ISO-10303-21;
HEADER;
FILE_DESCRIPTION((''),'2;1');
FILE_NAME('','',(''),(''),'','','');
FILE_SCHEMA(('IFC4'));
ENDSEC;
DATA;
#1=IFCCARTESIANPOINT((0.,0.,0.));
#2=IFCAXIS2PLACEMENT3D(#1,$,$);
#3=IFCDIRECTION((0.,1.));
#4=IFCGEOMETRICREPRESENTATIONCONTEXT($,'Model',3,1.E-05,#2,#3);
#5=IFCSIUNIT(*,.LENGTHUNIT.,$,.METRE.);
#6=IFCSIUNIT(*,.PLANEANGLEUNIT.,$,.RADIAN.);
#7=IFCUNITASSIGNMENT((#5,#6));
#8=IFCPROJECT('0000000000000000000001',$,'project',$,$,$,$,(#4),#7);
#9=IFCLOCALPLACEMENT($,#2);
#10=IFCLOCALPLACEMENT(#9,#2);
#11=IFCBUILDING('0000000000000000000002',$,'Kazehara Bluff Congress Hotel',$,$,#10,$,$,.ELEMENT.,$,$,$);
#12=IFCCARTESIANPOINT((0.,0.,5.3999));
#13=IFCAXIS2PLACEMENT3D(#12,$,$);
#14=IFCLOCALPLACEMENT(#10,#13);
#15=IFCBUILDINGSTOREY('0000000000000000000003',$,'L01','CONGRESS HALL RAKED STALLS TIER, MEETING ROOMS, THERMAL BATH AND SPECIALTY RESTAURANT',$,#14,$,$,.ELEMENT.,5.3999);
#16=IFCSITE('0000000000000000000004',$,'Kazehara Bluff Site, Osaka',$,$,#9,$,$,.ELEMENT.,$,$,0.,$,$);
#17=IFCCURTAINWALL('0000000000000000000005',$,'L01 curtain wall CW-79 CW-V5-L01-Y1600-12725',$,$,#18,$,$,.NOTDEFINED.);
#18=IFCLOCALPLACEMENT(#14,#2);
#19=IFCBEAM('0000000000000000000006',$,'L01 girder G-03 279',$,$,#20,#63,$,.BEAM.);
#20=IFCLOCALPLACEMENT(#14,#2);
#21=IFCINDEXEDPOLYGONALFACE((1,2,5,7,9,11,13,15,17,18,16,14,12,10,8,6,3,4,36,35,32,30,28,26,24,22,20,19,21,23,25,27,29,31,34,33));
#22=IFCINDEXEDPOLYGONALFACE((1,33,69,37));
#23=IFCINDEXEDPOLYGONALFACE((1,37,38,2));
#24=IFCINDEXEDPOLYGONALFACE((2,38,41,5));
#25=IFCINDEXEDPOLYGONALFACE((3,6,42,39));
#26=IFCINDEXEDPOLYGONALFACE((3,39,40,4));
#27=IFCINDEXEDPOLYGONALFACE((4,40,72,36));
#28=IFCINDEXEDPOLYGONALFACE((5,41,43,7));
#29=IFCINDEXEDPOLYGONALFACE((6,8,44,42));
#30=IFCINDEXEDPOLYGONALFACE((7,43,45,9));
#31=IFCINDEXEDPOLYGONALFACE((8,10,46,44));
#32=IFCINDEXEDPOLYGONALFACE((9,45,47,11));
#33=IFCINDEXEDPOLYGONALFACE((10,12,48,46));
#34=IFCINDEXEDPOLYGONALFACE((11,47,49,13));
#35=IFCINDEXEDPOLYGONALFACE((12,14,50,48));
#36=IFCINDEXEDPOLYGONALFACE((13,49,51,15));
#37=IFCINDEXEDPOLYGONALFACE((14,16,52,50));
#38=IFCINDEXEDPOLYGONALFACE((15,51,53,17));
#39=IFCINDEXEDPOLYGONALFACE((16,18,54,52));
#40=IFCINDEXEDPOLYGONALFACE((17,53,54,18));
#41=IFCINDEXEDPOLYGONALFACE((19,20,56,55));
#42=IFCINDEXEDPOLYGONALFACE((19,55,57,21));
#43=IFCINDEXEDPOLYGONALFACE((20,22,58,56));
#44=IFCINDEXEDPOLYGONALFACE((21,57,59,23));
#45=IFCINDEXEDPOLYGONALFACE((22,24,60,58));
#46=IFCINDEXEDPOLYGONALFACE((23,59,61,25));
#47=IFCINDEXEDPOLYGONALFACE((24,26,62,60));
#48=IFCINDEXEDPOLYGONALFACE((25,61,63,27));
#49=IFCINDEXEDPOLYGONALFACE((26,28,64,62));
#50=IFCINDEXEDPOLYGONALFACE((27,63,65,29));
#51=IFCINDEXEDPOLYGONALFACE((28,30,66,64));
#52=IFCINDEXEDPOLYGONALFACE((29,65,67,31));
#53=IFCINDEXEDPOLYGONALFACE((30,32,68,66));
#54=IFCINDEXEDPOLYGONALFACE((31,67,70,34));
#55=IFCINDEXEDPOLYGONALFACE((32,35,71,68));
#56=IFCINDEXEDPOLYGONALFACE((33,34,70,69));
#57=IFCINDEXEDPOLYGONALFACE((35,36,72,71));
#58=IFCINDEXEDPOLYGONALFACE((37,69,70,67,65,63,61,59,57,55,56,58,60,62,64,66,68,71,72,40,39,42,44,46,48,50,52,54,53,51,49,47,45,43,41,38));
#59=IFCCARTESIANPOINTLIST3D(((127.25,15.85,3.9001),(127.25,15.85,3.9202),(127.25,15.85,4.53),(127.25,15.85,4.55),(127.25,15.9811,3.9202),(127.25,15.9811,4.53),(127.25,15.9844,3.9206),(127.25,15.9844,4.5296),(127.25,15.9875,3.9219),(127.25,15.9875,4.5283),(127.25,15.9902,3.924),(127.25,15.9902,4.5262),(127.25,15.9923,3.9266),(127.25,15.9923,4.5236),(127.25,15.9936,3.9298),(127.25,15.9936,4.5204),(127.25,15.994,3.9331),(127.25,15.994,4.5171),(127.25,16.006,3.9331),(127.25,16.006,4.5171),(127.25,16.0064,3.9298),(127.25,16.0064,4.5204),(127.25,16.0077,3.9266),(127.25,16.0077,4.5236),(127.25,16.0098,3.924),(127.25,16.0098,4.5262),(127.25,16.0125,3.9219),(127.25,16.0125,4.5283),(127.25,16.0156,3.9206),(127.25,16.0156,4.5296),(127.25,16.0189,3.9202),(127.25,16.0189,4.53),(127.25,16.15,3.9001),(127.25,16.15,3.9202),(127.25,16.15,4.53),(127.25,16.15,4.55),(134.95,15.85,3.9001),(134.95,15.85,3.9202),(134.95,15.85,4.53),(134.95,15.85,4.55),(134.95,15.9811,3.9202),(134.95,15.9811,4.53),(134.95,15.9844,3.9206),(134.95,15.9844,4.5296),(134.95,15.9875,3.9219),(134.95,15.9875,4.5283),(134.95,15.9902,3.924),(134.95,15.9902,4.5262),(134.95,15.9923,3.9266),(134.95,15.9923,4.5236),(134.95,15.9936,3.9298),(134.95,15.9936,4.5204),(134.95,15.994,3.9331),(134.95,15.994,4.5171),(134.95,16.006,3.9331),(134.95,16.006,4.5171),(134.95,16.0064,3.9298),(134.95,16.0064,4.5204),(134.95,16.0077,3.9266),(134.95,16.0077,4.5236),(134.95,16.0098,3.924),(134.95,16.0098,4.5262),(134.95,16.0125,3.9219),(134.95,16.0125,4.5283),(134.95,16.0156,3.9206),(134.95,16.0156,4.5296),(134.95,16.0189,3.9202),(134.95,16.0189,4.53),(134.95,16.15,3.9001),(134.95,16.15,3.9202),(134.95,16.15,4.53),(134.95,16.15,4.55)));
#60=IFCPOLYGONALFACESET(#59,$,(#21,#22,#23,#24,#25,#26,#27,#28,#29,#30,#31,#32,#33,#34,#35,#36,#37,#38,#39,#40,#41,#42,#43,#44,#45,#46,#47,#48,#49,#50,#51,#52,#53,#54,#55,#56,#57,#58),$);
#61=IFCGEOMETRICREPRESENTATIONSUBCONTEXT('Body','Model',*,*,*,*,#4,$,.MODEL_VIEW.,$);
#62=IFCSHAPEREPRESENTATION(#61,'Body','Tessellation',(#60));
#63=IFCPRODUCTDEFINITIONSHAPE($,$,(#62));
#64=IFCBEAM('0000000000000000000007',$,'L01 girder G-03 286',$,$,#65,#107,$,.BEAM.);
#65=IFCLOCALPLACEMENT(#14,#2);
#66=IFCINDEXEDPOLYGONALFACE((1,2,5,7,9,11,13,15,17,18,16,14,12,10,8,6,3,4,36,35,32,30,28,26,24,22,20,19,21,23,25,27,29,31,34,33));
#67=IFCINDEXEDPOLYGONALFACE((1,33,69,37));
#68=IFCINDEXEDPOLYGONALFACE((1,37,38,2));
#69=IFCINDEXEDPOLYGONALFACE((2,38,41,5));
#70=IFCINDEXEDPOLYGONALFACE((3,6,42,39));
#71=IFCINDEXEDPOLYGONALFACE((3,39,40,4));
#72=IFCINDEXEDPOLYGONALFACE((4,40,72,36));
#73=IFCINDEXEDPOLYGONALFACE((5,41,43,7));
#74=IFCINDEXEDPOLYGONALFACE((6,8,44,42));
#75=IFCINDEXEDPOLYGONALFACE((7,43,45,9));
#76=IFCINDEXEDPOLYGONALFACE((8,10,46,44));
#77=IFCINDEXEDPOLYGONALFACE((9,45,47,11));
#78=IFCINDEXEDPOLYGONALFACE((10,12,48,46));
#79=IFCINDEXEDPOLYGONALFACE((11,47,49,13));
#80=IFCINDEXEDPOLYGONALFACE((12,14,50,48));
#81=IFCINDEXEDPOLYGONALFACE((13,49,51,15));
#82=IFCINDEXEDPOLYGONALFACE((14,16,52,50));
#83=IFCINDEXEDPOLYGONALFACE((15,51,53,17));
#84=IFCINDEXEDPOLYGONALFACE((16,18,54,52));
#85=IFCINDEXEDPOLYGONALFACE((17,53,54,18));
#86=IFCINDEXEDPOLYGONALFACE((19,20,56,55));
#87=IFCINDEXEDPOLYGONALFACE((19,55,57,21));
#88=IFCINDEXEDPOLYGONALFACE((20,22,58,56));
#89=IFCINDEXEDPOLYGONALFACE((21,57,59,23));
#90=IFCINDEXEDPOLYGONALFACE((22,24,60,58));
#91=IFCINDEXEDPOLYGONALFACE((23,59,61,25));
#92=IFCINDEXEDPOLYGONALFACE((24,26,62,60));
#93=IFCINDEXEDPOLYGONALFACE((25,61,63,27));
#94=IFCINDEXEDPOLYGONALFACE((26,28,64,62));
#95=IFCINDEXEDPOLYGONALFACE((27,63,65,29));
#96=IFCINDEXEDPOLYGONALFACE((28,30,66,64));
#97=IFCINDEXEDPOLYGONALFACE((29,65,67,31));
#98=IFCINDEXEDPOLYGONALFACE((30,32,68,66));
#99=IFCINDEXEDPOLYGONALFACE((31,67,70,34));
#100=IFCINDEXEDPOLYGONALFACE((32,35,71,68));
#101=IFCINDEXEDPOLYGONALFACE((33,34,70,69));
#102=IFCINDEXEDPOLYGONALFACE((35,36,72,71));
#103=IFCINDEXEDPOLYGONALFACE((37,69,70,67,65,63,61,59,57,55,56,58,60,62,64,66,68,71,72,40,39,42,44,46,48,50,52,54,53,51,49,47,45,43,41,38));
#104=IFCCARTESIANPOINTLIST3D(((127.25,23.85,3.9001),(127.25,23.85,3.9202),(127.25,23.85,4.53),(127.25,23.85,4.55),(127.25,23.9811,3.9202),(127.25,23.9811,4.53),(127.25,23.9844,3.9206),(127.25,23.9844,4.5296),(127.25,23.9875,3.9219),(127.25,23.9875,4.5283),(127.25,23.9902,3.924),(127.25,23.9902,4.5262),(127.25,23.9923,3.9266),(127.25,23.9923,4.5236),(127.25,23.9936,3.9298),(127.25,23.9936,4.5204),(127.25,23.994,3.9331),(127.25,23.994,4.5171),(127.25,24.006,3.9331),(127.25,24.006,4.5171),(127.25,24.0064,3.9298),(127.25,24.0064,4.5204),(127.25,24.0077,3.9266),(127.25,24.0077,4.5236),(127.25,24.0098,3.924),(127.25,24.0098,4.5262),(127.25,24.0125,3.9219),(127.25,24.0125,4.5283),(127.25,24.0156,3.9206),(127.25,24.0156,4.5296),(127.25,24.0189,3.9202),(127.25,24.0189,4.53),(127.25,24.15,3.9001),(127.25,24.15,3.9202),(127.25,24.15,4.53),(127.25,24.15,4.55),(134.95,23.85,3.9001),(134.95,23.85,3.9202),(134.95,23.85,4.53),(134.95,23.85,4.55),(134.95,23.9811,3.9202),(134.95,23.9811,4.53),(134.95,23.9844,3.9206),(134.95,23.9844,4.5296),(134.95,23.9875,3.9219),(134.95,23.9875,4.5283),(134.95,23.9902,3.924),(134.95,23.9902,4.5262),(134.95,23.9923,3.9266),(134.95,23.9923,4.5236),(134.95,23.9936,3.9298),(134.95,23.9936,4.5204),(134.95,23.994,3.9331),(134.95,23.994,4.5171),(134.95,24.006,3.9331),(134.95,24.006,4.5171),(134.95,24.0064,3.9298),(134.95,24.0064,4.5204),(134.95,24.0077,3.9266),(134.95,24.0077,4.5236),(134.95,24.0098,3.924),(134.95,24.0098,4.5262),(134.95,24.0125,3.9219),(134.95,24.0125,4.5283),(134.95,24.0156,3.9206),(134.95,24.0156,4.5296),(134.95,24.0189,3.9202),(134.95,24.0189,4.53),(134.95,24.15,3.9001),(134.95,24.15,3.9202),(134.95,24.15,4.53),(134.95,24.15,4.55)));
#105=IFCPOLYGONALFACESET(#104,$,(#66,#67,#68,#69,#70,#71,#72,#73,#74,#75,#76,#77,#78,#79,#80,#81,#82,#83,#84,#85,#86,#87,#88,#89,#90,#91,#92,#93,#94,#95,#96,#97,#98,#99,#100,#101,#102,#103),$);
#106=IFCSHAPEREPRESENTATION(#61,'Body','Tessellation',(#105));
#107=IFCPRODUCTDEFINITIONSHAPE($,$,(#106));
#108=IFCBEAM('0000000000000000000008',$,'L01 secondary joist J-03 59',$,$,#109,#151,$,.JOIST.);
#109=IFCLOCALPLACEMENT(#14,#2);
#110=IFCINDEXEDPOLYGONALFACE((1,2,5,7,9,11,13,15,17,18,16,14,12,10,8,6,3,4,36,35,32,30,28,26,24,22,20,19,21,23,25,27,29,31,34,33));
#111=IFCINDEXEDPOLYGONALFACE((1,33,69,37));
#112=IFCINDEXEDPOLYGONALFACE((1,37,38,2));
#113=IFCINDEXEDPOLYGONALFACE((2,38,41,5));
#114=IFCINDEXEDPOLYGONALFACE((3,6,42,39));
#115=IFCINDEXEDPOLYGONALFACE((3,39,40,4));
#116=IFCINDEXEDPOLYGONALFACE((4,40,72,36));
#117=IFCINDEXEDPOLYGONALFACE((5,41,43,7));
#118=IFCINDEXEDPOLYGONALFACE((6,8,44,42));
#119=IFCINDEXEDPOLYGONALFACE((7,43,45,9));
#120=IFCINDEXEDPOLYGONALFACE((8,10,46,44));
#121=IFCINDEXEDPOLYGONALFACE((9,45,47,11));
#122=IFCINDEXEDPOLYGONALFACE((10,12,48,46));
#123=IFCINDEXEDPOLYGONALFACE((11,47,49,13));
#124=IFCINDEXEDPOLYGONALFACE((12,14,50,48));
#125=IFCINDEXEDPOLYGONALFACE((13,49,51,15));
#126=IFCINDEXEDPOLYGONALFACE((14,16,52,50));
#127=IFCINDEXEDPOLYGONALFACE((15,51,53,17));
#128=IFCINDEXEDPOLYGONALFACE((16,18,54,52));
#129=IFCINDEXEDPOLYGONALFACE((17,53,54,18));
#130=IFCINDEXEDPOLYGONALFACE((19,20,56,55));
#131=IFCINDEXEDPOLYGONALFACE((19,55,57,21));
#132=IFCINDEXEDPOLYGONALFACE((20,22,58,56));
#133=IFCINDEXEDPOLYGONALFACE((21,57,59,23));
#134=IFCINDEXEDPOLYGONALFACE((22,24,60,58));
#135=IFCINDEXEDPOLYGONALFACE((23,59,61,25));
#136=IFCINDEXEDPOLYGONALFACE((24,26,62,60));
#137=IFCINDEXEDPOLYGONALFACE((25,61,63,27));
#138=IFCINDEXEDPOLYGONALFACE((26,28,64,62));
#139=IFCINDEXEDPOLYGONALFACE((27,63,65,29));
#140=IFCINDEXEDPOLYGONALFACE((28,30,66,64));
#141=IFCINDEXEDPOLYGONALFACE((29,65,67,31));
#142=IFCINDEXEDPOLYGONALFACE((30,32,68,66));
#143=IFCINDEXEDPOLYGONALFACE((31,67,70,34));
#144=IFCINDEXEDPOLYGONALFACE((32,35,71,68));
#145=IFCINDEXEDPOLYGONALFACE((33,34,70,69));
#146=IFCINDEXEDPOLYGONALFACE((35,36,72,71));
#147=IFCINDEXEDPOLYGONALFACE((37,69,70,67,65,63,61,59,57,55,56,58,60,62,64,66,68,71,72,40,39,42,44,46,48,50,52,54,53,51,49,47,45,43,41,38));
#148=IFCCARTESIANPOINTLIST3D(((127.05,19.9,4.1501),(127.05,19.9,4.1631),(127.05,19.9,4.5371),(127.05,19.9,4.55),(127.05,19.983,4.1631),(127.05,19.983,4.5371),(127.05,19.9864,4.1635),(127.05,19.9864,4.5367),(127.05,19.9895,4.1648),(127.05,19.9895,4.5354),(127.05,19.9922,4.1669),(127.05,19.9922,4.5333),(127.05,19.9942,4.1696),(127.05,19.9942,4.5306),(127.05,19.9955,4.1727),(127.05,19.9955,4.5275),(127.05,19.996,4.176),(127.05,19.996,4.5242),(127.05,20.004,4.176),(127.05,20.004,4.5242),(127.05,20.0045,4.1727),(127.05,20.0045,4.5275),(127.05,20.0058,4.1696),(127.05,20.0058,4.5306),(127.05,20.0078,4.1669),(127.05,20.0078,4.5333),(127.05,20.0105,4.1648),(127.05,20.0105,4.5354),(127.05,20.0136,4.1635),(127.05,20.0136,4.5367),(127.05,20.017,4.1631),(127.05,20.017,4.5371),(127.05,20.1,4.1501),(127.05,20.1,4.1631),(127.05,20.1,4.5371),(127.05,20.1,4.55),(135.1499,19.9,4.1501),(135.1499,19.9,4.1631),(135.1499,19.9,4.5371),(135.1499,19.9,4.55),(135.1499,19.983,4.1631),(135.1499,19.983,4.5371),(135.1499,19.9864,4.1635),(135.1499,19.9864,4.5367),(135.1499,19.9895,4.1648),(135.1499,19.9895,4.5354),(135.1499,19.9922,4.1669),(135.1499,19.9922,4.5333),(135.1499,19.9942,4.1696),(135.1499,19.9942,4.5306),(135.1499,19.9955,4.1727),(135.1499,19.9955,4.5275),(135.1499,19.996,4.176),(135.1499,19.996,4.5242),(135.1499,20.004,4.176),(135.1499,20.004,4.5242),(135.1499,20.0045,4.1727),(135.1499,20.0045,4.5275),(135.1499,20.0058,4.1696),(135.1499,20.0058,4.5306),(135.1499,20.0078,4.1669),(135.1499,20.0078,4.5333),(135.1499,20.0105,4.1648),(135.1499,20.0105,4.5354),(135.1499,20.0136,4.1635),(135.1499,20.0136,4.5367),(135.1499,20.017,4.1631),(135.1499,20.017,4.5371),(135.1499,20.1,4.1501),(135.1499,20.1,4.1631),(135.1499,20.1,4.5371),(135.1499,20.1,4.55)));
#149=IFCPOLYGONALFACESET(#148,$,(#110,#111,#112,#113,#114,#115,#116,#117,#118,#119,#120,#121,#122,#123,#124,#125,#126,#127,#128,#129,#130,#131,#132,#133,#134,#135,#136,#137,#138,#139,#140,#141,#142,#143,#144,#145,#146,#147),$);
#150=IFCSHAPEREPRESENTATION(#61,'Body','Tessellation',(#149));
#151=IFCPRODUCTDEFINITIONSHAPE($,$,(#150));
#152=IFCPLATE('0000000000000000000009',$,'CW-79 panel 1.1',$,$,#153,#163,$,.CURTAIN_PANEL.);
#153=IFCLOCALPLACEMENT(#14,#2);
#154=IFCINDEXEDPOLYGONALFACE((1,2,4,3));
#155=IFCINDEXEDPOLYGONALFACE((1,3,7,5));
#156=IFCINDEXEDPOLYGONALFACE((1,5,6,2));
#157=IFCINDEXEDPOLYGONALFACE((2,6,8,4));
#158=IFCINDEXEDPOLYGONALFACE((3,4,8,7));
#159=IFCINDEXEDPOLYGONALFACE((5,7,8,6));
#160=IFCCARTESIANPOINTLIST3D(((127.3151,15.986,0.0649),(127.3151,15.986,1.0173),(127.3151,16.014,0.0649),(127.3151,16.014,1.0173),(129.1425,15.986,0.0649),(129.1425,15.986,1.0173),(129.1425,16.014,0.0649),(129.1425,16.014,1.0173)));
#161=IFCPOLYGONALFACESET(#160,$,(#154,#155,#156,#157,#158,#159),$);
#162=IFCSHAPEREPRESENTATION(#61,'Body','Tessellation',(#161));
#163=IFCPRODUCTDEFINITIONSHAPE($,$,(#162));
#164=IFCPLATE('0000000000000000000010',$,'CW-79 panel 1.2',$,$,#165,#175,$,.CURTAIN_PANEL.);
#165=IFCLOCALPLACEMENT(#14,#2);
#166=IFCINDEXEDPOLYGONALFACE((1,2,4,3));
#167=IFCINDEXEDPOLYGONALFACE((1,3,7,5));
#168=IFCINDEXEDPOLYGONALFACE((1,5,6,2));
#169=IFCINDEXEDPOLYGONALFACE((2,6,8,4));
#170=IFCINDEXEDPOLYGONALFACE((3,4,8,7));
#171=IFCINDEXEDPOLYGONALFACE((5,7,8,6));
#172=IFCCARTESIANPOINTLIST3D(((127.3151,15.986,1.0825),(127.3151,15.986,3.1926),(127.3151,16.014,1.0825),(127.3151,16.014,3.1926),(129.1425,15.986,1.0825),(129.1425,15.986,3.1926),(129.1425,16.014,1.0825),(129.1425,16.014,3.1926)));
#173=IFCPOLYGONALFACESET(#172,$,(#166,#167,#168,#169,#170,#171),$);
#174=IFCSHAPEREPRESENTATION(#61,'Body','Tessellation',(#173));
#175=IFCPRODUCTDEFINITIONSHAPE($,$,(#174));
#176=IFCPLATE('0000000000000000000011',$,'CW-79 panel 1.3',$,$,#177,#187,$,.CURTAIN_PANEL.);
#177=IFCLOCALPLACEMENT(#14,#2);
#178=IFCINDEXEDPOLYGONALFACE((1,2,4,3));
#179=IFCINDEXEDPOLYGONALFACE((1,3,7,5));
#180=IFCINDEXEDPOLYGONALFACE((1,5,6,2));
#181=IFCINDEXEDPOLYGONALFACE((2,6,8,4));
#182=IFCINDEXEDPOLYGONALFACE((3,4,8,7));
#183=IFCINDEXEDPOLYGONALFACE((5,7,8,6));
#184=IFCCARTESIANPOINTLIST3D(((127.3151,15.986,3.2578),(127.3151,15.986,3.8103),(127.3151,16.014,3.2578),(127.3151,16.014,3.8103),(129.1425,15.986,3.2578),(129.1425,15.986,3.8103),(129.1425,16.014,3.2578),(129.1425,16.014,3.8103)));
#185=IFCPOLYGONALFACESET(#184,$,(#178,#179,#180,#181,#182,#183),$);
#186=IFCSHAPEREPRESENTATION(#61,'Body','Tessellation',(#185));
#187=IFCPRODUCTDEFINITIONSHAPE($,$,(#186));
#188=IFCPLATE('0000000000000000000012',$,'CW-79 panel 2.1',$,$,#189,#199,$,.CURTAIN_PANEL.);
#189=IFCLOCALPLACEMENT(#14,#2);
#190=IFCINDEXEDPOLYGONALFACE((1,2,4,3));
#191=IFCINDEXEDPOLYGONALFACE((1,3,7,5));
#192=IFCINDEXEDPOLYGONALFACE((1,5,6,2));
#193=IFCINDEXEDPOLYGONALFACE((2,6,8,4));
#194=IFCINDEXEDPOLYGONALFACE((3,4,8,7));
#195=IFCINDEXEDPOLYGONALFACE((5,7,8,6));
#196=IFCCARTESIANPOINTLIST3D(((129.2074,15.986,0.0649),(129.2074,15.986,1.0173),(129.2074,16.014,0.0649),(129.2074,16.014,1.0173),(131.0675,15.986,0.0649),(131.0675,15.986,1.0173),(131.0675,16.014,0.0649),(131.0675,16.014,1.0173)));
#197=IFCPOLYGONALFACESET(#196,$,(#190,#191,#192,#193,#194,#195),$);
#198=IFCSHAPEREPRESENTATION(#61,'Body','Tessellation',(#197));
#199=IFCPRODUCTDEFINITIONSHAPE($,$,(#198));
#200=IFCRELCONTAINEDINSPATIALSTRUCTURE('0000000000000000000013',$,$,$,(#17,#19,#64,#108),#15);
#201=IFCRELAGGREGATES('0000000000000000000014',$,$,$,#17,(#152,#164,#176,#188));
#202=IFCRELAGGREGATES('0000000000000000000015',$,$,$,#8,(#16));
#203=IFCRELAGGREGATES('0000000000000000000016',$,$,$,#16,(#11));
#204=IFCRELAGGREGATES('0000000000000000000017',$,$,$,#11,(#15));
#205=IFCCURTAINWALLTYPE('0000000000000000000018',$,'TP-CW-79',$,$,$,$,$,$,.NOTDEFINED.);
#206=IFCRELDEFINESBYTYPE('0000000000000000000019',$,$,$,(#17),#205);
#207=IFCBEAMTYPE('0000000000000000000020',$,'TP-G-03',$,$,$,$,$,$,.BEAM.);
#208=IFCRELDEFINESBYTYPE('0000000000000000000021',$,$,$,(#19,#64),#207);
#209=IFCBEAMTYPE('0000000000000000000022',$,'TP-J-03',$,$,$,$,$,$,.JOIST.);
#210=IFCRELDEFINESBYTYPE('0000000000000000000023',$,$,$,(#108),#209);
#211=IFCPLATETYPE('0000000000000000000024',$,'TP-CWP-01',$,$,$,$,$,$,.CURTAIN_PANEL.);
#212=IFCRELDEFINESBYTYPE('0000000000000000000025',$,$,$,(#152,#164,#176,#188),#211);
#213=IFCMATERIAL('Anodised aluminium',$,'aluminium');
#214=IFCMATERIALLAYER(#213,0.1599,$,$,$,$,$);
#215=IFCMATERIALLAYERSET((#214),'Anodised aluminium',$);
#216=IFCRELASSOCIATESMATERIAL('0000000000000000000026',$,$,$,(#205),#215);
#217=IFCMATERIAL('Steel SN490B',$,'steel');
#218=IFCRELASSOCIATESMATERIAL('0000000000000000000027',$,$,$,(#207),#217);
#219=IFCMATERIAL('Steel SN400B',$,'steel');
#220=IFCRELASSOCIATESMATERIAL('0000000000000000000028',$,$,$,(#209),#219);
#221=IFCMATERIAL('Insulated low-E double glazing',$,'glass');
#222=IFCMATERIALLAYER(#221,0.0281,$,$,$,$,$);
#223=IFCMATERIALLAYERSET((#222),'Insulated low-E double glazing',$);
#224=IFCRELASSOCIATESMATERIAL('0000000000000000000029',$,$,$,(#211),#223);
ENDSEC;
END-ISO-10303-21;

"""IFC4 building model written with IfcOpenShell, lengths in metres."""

from ifc_helpers import new_model, si_unit, direction, frame, origin, origin_2d, place, context, subcontext, project, spatial, rectangle, i_section, extrude, material, layer, layer_set, material_profile, profile_set, type_object, element, aggregate, save


model = new_model("IFC4")

# Units and contexts
model_context = context("Model", 3, precision=1e-05, world=origin(), true_north=direction((0.0, 1.0)))
body_context = subcontext(model_context, "Body", "Model", "MODEL_VIEW")
ifc_project = project(units=[si_unit("LENGTHUNIT", "METRE"), si_unit("PLANEANGLEUNIT", "RADIAN")], contexts=[model_context])

# Site, building, storey
site_placement = place(None, origin())
site = spatial("IfcSite", under=ifc_project, at=site_placement, Name="Kazehara Bluff Site, Osaka", CompositionType="ELEMENT", RefElevation=0.0)
building_placement = place(site_placement, origin())
building = spatial("IfcBuilding", under=site, at=building_placement, Name="Kazehara Bluff Congress Hotel", CompositionType="ELEMENT")
storey_placement = place(building_placement, frame((0.0, 0.0, 5.3999)))
storey = spatial("IfcBuildingStorey", under=building, at=storey_placement, Name="L01", Description="CONGRESS HALL RAKED STALLS TIER, MEETING ROOMS, THERMAL BATH AND SPECIALTY RESTAURANT", CompositionType="ELEMENT", Elevation=5.3999)

# Curtain wall
ifc_material_1 = material(Name="Anodised aluminium", Category="aluminium")
ifc_layer_1 = layer(ifc_material_1, 0.1599)
ifc_layer_set_1 = layer_set([ifc_layer_1], Name="Anodised aluminium")
curtain_wall_type = type_object("IfcCurtainWallType", Name="TP-CW-79", PredefinedType="NOTDEFINED", material=ifc_layer_set_1)
curtain_wall_placement = place(storey_placement, origin())
curtain_wall = element("IfcCurtainWall", 1, at=curtain_wall_placement, inside=storey, type_object=curtain_wall_type, Name="L01 curtain wall CW-79 CW-V5-L01-Y1600-12725", PredefinedType="NOTDEFINED")

# Beams
ifc_material_2 = material(Name="Steel SN490B", Category="steel")
ifc_material_profile_1 = material_profile(ifc_material_2, i_section(OverallWidth=0.3, OverallDepth=0.6499, WebThickness=0.012, FlangeThickness=0.02, FilletRadius=0.0129, at=origin_2d()))
ifc_profile_set_1 = profile_set([ifc_material_profile_1], Name="Steel SN490B")
beam_type_1 = type_object("IfcBeamType", Name="TP-G-03", PredefinedType="BEAM", material=ifc_profile_set_1)
for number, where, z_axis, x_axis, name in (
    (2, (127.25, 16.0, 4.2251), (1.0, 0.0, 0.0), (0.0, 1.0, 0.0), "L01 girder G-03 279"),
    (3, (127.25, 24.0, 4.2251), (1.0, 0.0, 0.0), (0.0, 1.0, 0.0), "L01 girder G-03 286"),
):
    element("IfcBeam", number, at=place(storey_placement, frame(where, z_axis=z_axis, x_axis=x_axis)), inside=storey, type_object=beam_type_1, Name=name, PredefinedType="BEAM", context=body_context, shape_type="SweptSolid", body=[
        extrude(i_section(OverallWidth=0.3, OverallDepth=0.6499, WebThickness=0.012, FlangeThickness=0.02, FilletRadius=0.0129, at=origin_2d()), origin(), (0.0, 0.0, 1.0), 7.7),
    ])
ifc_material_3 = material(Name="Steel SN400B", Category="steel")
ifc_material_profile_2 = material_profile(ifc_material_3, i_section(OverallWidth=0.2, OverallDepth=0.3999, WebThickness=0.0081, FlangeThickness=0.0129, FilletRadius=0.0129, at=origin_2d()))
ifc_profile_set_2 = profile_set([ifc_material_profile_2], Name="Steel SN400B")
beam_type_2 = type_object("IfcBeamType", Name="TP-J-03", PredefinedType="JOIST", material=ifc_profile_set_2)
beam_placement = place(storey_placement, frame((127.05, 20.0, 4.3501), z_axis=(1.0, 0.0, 0.0), x_axis=(0.0, 1.0, 0.0)))
element("IfcBeam", 4, at=beam_placement, inside=storey, type_object=beam_type_2, Name="L01 secondary joist J-03 59", PredefinedType="JOIST", context=body_context, shape_type="SweptSolid", body=[
    extrude(i_section(OverallWidth=0.2, OverallDepth=0.3999, WebThickness=0.0081, FlangeThickness=0.0129, FilletRadius=0.0129, at=origin_2d()), origin(), (0.0, 0.0, 1.0), 8.0999),
])

# Plates
ifc_material_4 = material(Name="Insulated low-E double glazing", Category="glass")
ifc_layer_2 = layer(ifc_material_4, 0.0281)
ifc_layer_set_2 = layer_set([ifc_layer_2], Name="Insulated low-E double glazing")
plate_type = type_object("IfcPlateType", Name="TP-CWP-01", PredefinedType="CURTAIN_PANEL", material=ifc_layer_set_2)
plate_1_placement = place(storey_placement, frame((128.2288, 16.0, 0.0649), z_axis=(0.0, 0.0, 1.0), x_axis=(1.0, 0.0, 0.0)))
plate_1 = element("IfcPlate", 5, at=plate_1_placement, type_object=plate_type, Name="CW-79 panel 1.1", PredefinedType="CURTAIN_PANEL", context=body_context, shape_type="SweptSolid", body=[
    extrude(rectangle(XDim=1.8274, YDim=0.0281, at=origin_2d()), origin(), (0.0, 0.0, 1.0), 0.9524),
])
plate_2_placement = place(storey_placement, frame((128.2288, 16.0, 1.0825), z_axis=(0.0, 0.0, 1.0), x_axis=(1.0, 0.0, 0.0)))
plate_2 = element("IfcPlate", 6, at=plate_2_placement, type_object=plate_type, Name="CW-79 panel 1.2", PredefinedType="CURTAIN_PANEL", context=body_context, shape_type="SweptSolid", body=[
    extrude(rectangle(XDim=1.8274, YDim=0.0281, at=origin_2d()), origin(), (0.0, 0.0, 1.0), 2.1101),
])
plate_3_placement = place(storey_placement, frame((128.2288, 16.0, 3.2578), z_axis=(0.0, 0.0, 1.0), x_axis=(1.0, 0.0, 0.0)))
plate_3 = element("IfcPlate", 7, at=plate_3_placement, type_object=plate_type, Name="CW-79 panel 1.3", PredefinedType="CURTAIN_PANEL", context=body_context, shape_type="SweptSolid", body=[
    extrude(rectangle(XDim=1.8274, YDim=0.0281, at=origin_2d()), origin(), (0.0, 0.0, 1.0), 0.5525),
])
plate_4_placement = place(storey_placement, frame((130.1375, 16.0, 0.0649), z_axis=(0.0, 0.0, 1.0), x_axis=(1.0, 0.0, 0.0)))
plate_4 = element("IfcPlate", 8, at=plate_4_placement, type_object=plate_type, Name="CW-79 panel 2.1", PredefinedType="CURTAIN_PANEL", context=body_context, shape_type="SweptSolid", body=[
    extrude(rectangle(XDim=1.8601, YDim=0.0281, at=origin_2d()), origin(), (0.0, 0.0, 1.0), 0.9524),
])
aggregate(curtain_wall, [plate_1, plate_2, plate_3, plate_4])

save(model, "model.ifc")
